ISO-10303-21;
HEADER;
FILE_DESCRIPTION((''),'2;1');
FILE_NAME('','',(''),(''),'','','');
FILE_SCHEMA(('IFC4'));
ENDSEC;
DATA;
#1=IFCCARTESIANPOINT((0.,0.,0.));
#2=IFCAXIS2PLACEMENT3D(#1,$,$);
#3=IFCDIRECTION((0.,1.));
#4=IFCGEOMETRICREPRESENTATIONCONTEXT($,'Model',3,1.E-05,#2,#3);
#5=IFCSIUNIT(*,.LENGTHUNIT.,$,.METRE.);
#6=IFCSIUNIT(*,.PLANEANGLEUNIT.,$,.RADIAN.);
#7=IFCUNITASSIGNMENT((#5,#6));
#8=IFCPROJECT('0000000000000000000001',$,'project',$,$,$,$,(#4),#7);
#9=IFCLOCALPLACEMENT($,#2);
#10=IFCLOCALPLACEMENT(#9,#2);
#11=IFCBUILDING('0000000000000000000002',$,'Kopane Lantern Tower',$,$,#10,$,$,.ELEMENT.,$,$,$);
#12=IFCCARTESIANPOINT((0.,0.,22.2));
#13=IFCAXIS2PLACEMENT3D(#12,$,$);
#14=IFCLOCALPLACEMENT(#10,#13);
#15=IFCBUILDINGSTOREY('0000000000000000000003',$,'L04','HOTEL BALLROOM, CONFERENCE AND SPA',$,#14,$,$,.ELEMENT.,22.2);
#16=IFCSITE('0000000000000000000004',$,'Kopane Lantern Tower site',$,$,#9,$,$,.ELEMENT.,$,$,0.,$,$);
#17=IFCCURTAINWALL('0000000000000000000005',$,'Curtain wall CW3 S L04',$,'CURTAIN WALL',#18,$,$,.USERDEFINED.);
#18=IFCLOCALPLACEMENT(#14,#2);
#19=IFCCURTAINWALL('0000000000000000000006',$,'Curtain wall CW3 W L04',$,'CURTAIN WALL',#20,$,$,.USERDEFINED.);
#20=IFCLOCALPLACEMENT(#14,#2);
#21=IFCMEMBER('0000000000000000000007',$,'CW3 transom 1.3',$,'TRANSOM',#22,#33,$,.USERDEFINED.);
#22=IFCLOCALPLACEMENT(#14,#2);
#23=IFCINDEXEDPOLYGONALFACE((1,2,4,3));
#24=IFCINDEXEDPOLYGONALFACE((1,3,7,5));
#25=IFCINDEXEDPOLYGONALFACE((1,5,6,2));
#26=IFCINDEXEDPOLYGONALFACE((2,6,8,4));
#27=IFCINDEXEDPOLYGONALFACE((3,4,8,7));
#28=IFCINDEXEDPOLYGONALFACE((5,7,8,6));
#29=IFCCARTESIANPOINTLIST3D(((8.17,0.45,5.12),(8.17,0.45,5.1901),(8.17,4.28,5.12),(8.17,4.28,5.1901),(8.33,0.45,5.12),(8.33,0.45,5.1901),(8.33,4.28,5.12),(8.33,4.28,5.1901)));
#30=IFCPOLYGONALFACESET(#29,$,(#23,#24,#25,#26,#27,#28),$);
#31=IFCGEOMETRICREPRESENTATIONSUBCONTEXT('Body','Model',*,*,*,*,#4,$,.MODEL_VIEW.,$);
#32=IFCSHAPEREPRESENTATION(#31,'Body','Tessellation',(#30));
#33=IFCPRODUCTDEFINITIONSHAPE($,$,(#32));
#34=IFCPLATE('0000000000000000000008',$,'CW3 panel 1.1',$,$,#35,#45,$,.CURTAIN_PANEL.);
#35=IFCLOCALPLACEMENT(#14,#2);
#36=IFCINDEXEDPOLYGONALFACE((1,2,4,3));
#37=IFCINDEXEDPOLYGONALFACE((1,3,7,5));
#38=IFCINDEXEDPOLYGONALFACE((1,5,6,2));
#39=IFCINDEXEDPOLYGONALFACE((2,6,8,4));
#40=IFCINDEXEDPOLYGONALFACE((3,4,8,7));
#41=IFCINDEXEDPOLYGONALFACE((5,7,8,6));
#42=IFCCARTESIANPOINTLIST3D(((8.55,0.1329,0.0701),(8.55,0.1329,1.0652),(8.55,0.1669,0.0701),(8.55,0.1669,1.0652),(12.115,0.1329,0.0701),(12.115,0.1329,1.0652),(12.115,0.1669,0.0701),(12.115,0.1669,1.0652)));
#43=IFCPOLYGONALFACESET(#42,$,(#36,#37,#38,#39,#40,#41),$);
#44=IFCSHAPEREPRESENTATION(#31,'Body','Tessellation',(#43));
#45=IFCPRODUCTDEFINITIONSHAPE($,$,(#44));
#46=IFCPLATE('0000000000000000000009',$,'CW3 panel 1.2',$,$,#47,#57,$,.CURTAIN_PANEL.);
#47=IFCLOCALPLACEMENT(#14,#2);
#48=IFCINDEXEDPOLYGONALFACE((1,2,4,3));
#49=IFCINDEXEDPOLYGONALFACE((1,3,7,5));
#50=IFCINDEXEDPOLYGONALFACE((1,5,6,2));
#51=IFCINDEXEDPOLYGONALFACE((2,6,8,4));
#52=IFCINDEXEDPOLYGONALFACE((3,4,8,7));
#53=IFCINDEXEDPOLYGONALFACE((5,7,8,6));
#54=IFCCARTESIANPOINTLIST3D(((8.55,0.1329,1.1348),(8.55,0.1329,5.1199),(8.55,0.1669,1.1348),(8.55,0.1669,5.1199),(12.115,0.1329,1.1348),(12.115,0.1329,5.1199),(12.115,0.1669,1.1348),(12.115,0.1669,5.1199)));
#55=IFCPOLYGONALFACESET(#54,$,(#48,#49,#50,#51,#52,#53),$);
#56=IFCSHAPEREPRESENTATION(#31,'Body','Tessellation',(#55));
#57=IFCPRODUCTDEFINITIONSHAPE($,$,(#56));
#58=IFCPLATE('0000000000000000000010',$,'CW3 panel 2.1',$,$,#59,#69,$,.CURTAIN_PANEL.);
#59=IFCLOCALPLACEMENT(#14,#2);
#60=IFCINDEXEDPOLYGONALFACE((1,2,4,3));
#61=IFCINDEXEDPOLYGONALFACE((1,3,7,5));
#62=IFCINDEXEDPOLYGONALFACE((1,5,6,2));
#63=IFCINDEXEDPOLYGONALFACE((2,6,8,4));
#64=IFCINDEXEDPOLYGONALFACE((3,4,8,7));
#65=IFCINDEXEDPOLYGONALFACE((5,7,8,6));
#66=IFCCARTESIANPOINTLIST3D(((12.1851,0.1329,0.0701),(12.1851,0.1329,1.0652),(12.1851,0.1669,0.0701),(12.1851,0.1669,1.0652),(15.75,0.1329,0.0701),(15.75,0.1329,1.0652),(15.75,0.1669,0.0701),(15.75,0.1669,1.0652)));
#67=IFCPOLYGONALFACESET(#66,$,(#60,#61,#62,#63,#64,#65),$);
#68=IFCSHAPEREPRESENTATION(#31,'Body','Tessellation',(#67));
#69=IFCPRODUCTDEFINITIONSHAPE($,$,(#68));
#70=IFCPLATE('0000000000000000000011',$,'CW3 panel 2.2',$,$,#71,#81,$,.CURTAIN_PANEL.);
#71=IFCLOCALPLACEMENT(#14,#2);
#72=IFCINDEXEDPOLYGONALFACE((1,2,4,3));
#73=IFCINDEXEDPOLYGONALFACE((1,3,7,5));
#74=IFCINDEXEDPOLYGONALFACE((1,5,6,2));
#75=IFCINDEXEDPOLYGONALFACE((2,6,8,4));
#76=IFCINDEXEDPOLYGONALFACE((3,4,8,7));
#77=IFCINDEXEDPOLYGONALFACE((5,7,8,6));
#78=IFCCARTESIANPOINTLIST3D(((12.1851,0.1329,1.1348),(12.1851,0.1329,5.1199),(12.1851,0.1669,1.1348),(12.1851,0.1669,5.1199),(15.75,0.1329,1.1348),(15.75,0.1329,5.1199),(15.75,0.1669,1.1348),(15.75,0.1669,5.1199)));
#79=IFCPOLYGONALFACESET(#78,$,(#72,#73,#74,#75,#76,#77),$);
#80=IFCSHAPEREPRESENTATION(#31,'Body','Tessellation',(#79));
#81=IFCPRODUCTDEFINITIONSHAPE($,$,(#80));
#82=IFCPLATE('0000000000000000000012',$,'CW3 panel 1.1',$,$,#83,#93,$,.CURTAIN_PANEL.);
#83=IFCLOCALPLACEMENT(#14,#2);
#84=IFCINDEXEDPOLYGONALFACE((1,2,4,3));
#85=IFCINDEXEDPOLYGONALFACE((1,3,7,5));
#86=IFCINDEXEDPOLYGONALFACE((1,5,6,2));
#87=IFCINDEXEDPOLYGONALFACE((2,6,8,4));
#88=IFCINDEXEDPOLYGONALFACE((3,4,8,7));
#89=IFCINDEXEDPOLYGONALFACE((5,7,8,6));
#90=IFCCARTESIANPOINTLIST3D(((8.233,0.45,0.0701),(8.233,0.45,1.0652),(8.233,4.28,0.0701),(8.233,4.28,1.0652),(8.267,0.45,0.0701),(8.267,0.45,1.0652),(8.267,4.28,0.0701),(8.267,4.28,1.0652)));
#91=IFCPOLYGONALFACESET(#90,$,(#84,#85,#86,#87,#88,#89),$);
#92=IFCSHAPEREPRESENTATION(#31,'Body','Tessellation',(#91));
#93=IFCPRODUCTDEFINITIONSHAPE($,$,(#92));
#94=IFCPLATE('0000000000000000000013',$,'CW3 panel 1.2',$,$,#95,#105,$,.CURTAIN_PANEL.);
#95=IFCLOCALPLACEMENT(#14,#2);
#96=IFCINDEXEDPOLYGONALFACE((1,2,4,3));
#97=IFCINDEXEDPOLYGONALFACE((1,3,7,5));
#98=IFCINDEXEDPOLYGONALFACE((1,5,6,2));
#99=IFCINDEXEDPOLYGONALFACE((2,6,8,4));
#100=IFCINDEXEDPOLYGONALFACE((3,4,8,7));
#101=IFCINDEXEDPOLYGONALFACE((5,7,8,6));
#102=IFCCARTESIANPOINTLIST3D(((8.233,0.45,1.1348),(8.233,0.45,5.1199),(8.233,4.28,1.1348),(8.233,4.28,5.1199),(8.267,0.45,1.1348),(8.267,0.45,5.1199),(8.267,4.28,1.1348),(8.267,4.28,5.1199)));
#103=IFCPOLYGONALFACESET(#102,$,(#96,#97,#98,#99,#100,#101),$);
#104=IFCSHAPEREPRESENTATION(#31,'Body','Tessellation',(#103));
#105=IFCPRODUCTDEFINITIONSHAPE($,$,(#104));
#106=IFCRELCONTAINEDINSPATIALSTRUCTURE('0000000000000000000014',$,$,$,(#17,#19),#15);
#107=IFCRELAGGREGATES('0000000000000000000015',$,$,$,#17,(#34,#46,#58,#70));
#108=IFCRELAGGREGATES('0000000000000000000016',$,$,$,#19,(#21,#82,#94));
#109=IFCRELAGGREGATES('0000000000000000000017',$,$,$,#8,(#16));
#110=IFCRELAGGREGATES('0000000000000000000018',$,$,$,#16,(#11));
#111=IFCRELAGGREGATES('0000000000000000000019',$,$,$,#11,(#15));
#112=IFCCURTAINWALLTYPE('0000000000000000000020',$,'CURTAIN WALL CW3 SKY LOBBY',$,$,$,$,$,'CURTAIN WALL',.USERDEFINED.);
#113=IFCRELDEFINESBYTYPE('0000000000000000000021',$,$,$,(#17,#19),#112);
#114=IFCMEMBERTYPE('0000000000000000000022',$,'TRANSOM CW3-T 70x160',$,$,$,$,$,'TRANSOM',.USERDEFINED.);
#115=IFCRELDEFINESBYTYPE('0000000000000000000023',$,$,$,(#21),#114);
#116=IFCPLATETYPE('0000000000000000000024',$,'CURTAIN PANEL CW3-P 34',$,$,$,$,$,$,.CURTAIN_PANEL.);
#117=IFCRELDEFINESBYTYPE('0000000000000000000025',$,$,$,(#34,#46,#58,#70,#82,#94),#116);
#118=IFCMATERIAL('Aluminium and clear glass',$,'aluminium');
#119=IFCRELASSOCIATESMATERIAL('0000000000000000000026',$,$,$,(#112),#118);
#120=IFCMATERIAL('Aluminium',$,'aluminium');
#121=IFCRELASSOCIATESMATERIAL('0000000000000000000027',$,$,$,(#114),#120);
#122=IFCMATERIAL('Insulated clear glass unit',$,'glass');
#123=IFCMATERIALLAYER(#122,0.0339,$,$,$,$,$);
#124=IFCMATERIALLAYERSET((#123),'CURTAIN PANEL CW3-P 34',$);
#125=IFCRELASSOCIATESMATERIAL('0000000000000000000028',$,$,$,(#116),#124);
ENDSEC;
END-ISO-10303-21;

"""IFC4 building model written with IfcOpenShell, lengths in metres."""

from ifc_helpers import new_model, si_unit, direction, frame, origin, origin_2d, place, context, subcontext, project, spatial, rectangle, extrude, material, layer, layer_set, material_profile, profile_set, type_object, element, aggregate, save


model = new_model("IFC4")

# Units and contexts
model_context = context("Model", 3, precision=1e-05, world=origin(), true_north=direction((0.0, 1.0)))
body_context = subcontext(model_context, "Body", "Model", "MODEL_VIEW")
ifc_project = project(units=[si_unit("LENGTHUNIT", "METRE"), si_unit("PLANEANGLEUNIT", "RADIAN")], contexts=[model_context])

# Site, building, storey
site_placement = place(None, origin())
site = spatial("IfcSite", under=ifc_project, at=site_placement, Name="Kopane Lantern Tower site", CompositionType="ELEMENT", RefElevation=0.0)
building_placement = place(site_placement, origin())
building = spatial("IfcBuilding", under=site, at=building_placement, Name="Kopane Lantern Tower", CompositionType="ELEMENT")
storey_placement = place(building_placement, frame((0.0, 0.0, 22.2)))
storey = spatial("IfcBuildingStorey", under=building, at=storey_placement, Name="L04", Description="HOTEL BALLROOM, CONFERENCE AND SPA", CompositionType="ELEMENT", Elevation=22.2)

# Curtain walls
ifc_material_1 = material(Name="Aluminium and clear glass", Category="aluminium")
curtain_wall_type = type_object("IfcCurtainWallType", Name="CURTAIN WALL CW3 SKY LOBBY", ElementType="CURTAIN WALL", PredefinedType="USERDEFINED", material=ifc_material_1)
curtain_wall_1_placement = place(storey_placement, origin())
curtain_wall_1 = element("IfcCurtainWall", 1, at=curtain_wall_1_placement, inside=storey, type_object=curtain_wall_type, Name="Curtain wall CW3 S L04", ObjectType="CURTAIN WALL", PredefinedType="USERDEFINED")
curtain_wall_2_placement = place(storey_placement, origin())
curtain_wall_2 = element("IfcCurtainWall", 2, at=curtain_wall_2_placement, inside=storey, type_object=curtain_wall_type, Name="Curtain wall CW3 W L04", ObjectType="CURTAIN WALL", PredefinedType="USERDEFINED")

# Member
ifc_material_2 = material(Name="Aluminium", Category="aluminium")
ifc_material_profile_1 = material_profile(ifc_material_2, rectangle(XDim=0.1599, YDim=0.0701, at=origin_2d()), Name="AL 160x70")
ifc_profile_set_1 = profile_set([ifc_material_profile_1], Name="Aluminium")
member_type_1 = type_object("IfcMemberType", Name="TRANSOM CW3-T 70x160", ElementType="TRANSOM", PredefinedType="USERDEFINED", material=ifc_profile_set_1)
member_1_placement = place(storey_placement, frame((8.25, 4.28, 5.155), z_axis=(0.0, -1.0, 0.0), x_axis=(1.0, 0.0, 0.0)))
member_1 = element("IfcMember", 3, at=member_1_placement, type_object=member_type_1, Name="CW3 transom 1.3", ObjectType="TRANSOM", PredefinedType="USERDEFINED", context=body_context, shape_type="SweptSolid", body=[
    extrude(rectangle(XDim=0.1599, YDim=0.0701, at=origin_2d()), origin(), (0.0, 0.0, 1.0), 3.8301),
])

# Plates
ifc_material_3 = material(Name="Insulated clear glass unit", Category="glass")
ifc_layer = layer(ifc_material_3, 0.0339)
ifc_layer_set = layer_set([ifc_layer], Name="CURTAIN PANEL CW3-P 34")
plate_type = type_object("IfcPlateType", Name="CURTAIN PANEL CW3-P 34", PredefinedType="CURTAIN_PANEL", material=ifc_layer_set)
plate_1_placement = place(storey_placement, frame((10.3325, 0.1499, 0.0701), z_axis=(0.0, 0.0, 1.0), x_axis=(1.0, 0.0, 0.0)))
plate_1 = element("IfcPlate", 4, at=plate_1_placement, type_object=plate_type, Name="CW3 panel 1.1", PredefinedType="CURTAIN_PANEL", context=body_context, shape_type="SweptSolid", body=[
    extrude(rectangle(XDim=3.5649, YDim=0.0339, at=origin_2d()), origin(), (0.0, 0.0, 1.0), 0.9951),
])
plate_2_placement = place(storey_placement, frame((10.3325, 0.1499, 1.1348), z_axis=(0.0, 0.0, 1.0), x_axis=(1.0, 0.0, 0.0)))
plate_2 = element("IfcPlate", 5, at=plate_2_placement, type_object=plate_type, Name="CW3 panel 1.2", PredefinedType="CURTAIN_PANEL", context=body_context, shape_type="SweptSolid", body=[
    extrude(rectangle(XDim=3.5649, YDim=0.0339, at=origin_2d()), origin(), (0.0, 0.0, 1.0), 3.9851),
])
plate_3_placement = place(storey_placement, frame((13.9675, 0.1499, 0.0701), z_axis=(0.0, 0.0, 1.0), x_axis=(1.0, 0.0, 0.0)))
plate_3 = element("IfcPlate", 6, at=plate_3_placement, type_object=plate_type, Name="CW3 panel 2.1", PredefinedType="CURTAIN_PANEL", context=body_context, shape_type="SweptSolid", body=[
    extrude(rectangle(XDim=3.5649, YDim=0.0339, at=origin_2d()), origin(), (0.0, 0.0, 1.0), 0.9951),
])
plate_4_placement = place(storey_placement, frame((13.9675, 0.1499, 1.1348), z_axis=(0.0, 0.0, 1.0), x_axis=(1.0, 0.0, 0.0)))
plate_4 = element("IfcPlate", 7, at=plate_4_placement, type_object=plate_type, Name="CW3 panel 2.2", PredefinedType="CURTAIN_PANEL", context=body_context, shape_type="SweptSolid", body=[
    extrude(rectangle(XDim=3.5649, YDim=0.0339, at=origin_2d()), origin(), (0.0, 0.0, 1.0), 3.9851),
])
aggregate(curtain_wall_1, [plate_1, plate_2, plate_3, plate_4])
plate_5_placement = place(storey_placement, frame((8.25, 2.365, 0.0701), z_axis=(0.0, 0.0, 1.0), x_axis=(0.0, -1.0, 0.0)))
plate_5 = element("IfcPlate", 8, at=plate_5_placement, type_object=plate_type, Name="CW3 panel 1.1", PredefinedType="CURTAIN_PANEL", context=body_context, shape_type="SweptSolid", body=[
    extrude(rectangle(XDim=3.8301, YDim=0.0339, at=origin_2d()), origin(), (0.0, 0.0, 1.0), 0.9951),
])
plate_6_placement = place(storey_placement, frame((8.25, 2.365, 1.1348), z_axis=(0.0, 0.0, 1.0), x_axis=(0.0, -1.0, 0.0)))
plate_6 = element("IfcPlate", 9, at=plate_6_placement, type_object=plate_type, Name="CW3 panel 1.2", PredefinedType="CURTAIN_PANEL", context=body_context, shape_type="SweptSolid", body=[
    extrude(rectangle(XDim=3.8301, YDim=0.0339, at=origin_2d()), origin(), (0.0, 0.0, 1.0), 3.9851),
])
aggregate(curtain_wall_2, [member_1, plate_5, plate_6])

save(model, "model.ifc")
